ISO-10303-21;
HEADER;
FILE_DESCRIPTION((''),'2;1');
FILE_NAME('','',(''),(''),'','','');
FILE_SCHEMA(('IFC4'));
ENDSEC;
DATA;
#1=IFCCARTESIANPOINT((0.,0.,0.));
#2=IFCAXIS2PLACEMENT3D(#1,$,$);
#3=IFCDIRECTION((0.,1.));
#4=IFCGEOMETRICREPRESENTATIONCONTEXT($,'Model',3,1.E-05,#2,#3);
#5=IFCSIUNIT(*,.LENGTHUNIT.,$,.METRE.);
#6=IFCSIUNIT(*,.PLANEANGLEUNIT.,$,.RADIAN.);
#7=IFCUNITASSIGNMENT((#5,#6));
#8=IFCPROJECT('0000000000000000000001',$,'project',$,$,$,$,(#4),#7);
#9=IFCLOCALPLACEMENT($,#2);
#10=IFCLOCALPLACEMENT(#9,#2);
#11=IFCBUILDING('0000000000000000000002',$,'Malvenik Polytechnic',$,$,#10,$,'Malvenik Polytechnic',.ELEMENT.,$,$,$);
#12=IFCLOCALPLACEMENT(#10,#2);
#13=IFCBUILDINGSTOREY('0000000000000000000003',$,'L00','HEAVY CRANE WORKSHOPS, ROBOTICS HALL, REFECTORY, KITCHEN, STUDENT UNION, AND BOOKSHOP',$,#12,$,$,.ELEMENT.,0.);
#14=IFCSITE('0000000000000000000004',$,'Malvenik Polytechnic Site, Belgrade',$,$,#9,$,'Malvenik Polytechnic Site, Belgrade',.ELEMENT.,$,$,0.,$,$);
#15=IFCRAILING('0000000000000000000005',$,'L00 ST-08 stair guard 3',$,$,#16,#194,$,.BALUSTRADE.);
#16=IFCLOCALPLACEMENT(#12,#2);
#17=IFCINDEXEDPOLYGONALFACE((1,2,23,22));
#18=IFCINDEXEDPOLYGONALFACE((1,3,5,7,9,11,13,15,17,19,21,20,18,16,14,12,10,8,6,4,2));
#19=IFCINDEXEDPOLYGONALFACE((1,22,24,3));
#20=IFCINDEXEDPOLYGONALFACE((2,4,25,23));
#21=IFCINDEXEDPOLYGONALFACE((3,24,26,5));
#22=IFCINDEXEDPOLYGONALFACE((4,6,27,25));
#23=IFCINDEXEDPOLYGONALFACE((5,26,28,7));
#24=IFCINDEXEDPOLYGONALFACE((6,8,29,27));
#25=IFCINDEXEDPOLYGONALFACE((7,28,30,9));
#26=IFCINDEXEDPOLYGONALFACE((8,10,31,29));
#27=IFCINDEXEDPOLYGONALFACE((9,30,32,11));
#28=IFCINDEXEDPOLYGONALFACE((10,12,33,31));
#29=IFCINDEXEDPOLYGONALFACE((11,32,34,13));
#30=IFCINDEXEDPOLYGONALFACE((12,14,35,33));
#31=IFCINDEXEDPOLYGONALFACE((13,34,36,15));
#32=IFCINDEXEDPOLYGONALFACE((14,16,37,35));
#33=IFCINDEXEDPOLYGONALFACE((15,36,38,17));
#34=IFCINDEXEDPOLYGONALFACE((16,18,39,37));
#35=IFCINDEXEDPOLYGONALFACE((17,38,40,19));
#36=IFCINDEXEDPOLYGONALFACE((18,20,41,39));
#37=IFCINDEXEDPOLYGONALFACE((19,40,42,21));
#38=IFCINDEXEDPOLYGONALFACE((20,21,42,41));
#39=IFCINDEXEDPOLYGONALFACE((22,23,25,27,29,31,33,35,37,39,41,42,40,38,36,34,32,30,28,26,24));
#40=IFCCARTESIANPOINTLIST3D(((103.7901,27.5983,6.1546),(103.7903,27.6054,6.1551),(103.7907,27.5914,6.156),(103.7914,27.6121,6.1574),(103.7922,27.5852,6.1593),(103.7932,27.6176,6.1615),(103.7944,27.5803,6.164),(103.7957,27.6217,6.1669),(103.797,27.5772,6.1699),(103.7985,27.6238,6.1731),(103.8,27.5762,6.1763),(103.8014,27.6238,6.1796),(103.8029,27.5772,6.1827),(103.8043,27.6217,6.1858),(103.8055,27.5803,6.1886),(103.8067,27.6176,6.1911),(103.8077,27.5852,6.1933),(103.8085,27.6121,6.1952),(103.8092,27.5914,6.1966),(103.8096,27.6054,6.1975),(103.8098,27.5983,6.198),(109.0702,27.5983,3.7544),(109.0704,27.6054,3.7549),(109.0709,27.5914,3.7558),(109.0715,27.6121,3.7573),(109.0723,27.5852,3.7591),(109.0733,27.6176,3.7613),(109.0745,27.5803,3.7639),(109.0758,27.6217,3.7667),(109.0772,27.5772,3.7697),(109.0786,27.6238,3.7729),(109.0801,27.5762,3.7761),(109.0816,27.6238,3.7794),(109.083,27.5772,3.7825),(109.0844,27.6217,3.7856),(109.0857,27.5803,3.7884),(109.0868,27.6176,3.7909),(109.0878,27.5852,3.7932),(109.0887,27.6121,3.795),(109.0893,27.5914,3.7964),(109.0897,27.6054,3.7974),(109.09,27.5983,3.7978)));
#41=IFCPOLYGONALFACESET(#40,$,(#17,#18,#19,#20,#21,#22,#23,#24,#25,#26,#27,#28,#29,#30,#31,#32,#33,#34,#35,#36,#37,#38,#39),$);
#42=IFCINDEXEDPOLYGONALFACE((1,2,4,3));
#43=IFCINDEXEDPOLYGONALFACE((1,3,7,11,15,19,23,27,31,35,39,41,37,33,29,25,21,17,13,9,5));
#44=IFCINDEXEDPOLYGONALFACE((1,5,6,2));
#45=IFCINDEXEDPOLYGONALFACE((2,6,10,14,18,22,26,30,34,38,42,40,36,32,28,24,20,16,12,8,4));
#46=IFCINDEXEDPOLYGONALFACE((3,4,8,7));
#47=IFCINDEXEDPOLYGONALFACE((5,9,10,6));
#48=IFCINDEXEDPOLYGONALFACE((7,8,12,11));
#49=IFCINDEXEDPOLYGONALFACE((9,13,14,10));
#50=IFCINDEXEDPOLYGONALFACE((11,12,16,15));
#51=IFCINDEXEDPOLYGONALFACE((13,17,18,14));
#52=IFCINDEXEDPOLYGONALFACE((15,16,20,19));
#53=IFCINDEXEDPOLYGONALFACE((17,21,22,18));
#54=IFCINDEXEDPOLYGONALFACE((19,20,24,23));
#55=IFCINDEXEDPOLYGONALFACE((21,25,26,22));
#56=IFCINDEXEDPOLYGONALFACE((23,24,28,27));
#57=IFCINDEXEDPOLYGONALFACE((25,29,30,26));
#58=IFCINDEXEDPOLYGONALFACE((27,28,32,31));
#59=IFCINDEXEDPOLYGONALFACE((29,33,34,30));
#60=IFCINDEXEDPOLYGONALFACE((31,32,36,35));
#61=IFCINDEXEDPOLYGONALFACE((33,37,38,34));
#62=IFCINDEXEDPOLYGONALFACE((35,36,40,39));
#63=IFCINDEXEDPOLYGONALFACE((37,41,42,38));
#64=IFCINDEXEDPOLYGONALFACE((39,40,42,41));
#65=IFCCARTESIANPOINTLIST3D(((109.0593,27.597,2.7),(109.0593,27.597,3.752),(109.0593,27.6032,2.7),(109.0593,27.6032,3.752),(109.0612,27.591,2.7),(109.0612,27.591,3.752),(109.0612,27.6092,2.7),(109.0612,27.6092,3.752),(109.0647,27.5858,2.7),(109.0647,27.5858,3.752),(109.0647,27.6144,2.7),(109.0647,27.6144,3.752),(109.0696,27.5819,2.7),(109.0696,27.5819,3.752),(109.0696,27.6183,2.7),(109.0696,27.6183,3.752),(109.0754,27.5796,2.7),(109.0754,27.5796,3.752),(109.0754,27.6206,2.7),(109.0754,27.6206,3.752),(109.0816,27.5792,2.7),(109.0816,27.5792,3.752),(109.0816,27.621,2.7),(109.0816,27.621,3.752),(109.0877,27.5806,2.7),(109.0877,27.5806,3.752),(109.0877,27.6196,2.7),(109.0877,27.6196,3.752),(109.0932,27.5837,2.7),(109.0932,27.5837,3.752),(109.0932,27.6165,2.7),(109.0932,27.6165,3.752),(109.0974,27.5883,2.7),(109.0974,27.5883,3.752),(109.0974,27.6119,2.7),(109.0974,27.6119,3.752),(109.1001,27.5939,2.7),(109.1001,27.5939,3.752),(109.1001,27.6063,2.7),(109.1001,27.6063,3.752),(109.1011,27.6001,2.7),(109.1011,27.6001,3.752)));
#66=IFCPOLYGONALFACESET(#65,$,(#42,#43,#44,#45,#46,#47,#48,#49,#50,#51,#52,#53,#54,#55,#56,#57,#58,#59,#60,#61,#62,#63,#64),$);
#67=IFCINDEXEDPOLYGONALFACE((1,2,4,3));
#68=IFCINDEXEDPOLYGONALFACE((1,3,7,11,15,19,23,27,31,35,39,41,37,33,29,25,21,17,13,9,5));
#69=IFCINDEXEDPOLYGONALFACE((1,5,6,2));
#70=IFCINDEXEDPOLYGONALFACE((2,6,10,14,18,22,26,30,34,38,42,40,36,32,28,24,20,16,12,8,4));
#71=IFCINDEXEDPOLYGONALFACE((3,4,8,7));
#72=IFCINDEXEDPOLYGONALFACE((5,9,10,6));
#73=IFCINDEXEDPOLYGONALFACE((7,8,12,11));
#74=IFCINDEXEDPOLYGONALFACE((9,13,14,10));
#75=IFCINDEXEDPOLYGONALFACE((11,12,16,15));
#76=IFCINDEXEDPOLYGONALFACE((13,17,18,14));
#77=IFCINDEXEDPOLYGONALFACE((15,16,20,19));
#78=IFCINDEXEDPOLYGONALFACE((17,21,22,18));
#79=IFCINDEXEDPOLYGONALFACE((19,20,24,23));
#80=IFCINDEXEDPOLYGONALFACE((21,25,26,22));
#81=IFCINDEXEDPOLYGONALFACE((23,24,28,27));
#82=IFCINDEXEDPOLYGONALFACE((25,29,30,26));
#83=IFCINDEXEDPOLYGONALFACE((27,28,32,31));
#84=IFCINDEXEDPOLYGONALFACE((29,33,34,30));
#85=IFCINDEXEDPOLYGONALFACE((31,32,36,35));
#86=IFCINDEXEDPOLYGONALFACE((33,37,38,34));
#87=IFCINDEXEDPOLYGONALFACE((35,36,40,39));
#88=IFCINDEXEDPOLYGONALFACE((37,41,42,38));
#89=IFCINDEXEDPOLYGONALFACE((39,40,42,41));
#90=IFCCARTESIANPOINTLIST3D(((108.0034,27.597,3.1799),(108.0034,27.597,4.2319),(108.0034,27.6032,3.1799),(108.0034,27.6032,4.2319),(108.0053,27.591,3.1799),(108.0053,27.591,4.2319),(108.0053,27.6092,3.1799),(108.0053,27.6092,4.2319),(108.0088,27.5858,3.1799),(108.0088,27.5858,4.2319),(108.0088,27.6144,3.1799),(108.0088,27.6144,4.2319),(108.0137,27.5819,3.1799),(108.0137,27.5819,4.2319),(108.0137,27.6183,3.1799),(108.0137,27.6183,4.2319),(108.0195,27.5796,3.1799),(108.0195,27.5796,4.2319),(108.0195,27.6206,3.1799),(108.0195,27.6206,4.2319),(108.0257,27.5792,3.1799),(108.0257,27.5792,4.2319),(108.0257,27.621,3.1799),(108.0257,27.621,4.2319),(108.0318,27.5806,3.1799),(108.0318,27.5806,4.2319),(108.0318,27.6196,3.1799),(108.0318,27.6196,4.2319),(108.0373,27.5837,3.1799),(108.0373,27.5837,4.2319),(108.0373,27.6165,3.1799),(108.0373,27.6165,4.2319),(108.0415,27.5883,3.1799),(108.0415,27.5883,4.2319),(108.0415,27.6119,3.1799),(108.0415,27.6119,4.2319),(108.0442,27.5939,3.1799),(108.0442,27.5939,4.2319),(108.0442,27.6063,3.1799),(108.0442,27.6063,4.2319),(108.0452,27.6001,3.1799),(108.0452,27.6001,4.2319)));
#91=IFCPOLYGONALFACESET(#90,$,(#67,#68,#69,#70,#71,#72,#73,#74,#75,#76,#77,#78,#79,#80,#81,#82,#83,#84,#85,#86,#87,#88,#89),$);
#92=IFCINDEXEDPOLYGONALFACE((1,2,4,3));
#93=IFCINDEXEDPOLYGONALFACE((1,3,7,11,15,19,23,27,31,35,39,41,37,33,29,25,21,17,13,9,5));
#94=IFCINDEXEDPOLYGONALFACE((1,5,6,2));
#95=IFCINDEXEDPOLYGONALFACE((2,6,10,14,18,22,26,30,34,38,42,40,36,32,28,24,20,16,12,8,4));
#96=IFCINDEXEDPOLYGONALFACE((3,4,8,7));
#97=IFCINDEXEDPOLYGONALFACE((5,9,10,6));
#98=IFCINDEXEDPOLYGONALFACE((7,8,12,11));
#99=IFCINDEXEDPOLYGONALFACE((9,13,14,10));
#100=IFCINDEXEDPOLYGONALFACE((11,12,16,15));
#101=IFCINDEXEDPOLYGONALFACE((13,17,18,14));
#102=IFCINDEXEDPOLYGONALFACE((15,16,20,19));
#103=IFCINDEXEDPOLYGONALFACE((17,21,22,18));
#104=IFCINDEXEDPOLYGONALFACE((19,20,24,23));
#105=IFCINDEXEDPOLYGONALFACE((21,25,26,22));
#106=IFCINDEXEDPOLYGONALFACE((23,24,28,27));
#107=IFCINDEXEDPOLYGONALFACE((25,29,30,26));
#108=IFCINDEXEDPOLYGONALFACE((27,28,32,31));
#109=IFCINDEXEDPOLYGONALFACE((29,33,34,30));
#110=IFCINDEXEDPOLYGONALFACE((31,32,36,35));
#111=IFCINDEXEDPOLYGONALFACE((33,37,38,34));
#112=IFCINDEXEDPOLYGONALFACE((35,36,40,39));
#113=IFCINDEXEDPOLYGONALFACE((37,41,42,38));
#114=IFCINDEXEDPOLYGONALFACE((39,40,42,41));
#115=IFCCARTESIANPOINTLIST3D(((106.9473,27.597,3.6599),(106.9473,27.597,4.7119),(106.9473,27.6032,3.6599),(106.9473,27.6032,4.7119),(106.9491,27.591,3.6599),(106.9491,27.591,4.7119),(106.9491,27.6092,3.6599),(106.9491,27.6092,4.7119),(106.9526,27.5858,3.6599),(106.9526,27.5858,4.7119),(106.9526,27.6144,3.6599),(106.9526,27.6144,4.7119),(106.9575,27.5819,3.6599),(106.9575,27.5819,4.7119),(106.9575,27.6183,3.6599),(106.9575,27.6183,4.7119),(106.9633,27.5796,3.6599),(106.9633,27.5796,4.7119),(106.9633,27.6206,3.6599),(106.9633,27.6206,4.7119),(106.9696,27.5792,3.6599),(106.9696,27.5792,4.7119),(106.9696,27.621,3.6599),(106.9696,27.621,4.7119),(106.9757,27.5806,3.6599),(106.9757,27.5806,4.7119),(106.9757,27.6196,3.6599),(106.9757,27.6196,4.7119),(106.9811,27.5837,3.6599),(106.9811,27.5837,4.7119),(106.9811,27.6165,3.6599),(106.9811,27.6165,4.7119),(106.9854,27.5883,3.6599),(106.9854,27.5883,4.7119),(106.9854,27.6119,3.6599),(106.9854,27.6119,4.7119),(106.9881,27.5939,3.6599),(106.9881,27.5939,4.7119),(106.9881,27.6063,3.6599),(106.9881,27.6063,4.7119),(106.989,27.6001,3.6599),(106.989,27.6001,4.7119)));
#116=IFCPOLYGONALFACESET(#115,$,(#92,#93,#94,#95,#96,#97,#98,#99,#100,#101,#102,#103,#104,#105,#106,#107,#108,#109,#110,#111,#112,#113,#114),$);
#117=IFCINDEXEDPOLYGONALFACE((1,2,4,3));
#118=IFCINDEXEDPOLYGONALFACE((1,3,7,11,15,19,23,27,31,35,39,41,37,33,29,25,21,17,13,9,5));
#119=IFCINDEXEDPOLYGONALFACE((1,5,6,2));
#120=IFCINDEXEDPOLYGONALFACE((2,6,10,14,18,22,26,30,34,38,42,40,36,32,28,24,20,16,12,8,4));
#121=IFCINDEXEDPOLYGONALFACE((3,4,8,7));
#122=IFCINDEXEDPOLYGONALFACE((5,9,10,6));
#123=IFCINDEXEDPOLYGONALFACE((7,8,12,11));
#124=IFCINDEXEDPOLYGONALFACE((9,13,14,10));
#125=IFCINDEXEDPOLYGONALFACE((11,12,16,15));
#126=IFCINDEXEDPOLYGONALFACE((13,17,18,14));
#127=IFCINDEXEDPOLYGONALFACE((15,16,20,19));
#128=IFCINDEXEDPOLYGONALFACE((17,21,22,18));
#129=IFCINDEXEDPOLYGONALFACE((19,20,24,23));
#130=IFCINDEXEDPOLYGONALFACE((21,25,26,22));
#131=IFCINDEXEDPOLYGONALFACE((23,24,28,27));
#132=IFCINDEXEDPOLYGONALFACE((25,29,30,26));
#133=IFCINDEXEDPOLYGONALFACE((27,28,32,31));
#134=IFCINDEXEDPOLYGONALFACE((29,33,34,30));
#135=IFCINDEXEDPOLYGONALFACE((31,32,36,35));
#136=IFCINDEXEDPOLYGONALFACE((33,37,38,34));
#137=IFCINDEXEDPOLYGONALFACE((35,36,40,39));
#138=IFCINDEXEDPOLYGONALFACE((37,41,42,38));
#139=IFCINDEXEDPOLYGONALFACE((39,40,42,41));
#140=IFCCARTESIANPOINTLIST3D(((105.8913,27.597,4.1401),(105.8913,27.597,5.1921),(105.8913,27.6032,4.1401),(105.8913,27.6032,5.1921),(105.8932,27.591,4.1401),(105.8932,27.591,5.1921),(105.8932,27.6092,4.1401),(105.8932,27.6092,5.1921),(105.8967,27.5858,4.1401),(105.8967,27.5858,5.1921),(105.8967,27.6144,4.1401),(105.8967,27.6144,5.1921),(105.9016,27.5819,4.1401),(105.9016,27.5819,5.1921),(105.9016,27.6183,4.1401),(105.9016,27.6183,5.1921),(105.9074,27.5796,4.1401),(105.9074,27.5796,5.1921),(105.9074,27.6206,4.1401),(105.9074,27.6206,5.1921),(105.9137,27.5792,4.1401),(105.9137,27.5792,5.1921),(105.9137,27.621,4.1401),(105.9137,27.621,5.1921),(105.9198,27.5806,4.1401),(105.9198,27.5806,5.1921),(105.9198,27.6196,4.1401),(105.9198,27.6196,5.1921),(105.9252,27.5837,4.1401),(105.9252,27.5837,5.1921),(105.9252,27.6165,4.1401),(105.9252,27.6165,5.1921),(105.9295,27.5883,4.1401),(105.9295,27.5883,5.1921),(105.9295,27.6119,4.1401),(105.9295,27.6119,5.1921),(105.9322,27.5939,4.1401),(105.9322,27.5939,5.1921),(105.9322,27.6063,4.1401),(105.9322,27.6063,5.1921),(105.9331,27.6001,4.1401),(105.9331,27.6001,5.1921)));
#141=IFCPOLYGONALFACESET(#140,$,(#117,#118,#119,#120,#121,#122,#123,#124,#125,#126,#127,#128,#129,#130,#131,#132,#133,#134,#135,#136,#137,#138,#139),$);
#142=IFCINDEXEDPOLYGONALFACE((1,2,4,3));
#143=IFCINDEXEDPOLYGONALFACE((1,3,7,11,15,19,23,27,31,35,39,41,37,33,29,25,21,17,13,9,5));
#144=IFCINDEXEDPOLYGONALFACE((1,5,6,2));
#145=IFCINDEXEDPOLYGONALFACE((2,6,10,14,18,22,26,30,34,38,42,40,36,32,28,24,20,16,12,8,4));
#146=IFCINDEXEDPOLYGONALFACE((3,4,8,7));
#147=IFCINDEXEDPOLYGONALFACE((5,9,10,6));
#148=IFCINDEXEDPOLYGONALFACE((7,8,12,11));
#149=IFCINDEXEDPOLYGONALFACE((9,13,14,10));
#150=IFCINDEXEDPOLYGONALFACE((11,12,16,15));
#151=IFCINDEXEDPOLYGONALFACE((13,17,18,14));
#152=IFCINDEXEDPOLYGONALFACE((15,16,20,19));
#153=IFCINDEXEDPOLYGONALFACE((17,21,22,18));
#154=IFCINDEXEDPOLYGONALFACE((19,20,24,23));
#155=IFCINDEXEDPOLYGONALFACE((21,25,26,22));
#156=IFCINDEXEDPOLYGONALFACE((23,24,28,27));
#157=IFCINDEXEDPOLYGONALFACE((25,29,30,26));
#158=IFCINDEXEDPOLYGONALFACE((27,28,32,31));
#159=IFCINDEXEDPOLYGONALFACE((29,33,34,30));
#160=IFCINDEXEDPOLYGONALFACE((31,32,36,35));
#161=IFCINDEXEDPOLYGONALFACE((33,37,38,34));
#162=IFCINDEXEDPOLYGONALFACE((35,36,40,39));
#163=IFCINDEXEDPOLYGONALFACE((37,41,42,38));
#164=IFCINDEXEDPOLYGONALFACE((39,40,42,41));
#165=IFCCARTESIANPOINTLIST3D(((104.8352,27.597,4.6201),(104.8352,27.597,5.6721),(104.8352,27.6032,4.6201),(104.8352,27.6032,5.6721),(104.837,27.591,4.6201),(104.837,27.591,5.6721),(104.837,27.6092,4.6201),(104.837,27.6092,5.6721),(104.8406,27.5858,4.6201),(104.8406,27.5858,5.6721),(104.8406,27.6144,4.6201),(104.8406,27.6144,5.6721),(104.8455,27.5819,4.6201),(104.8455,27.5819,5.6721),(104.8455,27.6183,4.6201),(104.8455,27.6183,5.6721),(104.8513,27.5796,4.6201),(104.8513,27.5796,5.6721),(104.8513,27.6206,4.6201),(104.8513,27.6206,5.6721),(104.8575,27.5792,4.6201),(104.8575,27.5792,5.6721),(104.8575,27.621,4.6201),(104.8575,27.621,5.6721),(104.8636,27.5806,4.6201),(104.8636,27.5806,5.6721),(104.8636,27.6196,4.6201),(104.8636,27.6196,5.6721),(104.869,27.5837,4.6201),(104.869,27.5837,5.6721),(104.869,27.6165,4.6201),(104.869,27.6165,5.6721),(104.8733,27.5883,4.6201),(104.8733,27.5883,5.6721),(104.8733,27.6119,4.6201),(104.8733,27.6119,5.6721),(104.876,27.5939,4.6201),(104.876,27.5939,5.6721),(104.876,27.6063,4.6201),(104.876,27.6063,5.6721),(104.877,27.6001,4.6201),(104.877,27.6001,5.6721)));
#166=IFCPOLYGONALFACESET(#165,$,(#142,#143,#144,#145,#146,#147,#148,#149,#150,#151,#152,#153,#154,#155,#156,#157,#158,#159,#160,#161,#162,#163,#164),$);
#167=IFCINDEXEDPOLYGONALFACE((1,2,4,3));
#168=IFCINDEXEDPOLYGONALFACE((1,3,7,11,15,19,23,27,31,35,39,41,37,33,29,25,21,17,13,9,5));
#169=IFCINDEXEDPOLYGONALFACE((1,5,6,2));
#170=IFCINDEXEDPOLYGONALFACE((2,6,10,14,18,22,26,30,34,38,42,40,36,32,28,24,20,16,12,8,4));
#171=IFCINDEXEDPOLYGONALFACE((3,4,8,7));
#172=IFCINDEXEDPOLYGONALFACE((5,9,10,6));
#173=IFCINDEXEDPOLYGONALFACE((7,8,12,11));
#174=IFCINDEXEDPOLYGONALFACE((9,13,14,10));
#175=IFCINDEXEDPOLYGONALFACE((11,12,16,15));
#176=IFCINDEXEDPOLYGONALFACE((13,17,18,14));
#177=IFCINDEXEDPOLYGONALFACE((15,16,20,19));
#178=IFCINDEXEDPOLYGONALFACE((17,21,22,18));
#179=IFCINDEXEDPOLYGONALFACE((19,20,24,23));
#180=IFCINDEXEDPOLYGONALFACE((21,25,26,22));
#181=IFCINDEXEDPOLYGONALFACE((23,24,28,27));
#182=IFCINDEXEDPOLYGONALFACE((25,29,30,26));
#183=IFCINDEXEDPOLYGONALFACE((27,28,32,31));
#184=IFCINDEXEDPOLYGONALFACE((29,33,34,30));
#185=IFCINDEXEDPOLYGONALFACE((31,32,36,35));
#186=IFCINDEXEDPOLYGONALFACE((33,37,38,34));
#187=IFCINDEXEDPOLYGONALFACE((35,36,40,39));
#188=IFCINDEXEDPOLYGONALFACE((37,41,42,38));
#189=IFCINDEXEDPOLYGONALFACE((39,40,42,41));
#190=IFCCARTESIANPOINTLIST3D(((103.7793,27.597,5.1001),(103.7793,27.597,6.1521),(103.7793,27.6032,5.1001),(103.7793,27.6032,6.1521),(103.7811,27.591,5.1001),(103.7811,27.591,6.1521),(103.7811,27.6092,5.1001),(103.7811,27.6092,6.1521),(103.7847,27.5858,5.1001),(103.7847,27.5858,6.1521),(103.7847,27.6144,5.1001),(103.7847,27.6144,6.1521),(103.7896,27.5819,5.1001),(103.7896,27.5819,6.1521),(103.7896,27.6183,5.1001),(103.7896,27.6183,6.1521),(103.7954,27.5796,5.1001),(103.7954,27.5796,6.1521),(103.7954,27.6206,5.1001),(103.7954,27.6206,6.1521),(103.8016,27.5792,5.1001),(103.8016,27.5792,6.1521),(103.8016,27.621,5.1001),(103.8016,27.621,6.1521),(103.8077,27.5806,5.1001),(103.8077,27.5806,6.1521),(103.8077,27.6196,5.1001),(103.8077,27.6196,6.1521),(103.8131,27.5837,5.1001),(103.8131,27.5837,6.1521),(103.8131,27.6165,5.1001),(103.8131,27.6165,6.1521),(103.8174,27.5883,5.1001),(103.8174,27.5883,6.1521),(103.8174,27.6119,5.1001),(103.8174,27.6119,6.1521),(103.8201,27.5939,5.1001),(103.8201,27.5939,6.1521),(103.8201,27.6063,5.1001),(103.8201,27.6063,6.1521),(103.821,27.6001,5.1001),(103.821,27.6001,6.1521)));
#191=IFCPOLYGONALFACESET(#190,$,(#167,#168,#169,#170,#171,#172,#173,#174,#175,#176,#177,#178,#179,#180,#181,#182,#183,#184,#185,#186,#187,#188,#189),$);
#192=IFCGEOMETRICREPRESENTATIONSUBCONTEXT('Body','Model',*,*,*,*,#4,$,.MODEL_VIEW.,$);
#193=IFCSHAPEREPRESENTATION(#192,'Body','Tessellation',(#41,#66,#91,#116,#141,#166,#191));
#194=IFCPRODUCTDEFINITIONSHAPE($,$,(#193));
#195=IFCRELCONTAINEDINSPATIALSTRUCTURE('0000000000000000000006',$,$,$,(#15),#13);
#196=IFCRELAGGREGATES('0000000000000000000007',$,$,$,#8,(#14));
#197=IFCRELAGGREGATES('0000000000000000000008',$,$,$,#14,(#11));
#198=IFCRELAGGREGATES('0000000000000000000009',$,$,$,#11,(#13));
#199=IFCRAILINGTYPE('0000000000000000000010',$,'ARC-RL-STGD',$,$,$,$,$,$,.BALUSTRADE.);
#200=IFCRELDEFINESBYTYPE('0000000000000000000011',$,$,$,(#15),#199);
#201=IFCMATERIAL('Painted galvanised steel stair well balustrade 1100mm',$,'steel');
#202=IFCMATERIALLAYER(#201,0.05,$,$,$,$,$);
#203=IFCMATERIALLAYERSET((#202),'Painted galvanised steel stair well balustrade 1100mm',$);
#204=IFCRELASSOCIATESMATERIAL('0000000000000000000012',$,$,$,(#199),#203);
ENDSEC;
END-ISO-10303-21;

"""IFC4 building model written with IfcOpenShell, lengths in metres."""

from ifc_helpers import new_model, si_unit, direction, frame, origin, origin_2d, place, context, subcontext, project, spatial, circle, extrude, material, layer, layer_set, type_object, element, save


model = new_model("IFC4")

# Units and contexts
model_context = context("Model", 3, precision=1e-05, world=origin(), true_north=direction((0.0, 1.0)))
body_context = subcontext(model_context, "Body", "Model", "MODEL_VIEW")
ifc_project = project(units=[si_unit("LENGTHUNIT", "METRE"), si_unit("PLANEANGLEUNIT", "RADIAN")], contexts=[model_context])

# Site, building, storey
site_placement = place(None, origin())
site = spatial("IfcSite", under=ifc_project, at=site_placement, Name="Malvenik Polytechnic Site, Belgrade", LongName="Malvenik Polytechnic Site, Belgrade", CompositionType="ELEMENT", RefElevation=0.0)
building_placement = place(site_placement, origin())
building = spatial("IfcBuilding", under=site, at=building_placement, Name="Malvenik Polytechnic", LongName="Malvenik Polytechnic", CompositionType="ELEMENT")
storey_placement = place(building_placement, origin())
storey = spatial("IfcBuildingStorey", under=building, at=storey_placement, Name="L00", Description="HEAVY CRANE WORKSHOPS, ROBOTICS HALL, REFECTORY, KITCHEN, STUDENT UNION, AND BOOKSHOP", CompositionType="ELEMENT", Elevation=0.0)

# Railing
ifc_material_1 = material(Name="Painted galvanised steel stair well balustrade 1100mm", Category="steel")
ifc_layer_1 = layer(ifc_material_1, 0.05)
ifc_layer_set_1 = layer_set([ifc_layer_1], Name="Painted galvanised steel stair well balustrade 1100mm")
railing_type_1 = type_object("IfcRailingType", Name="ARC-RL-STGD", PredefinedType="BALUSTRADE", material=ifc_layer_set_1)
railing_1_placement = place(storey_placement, frame((109.0801, 27.6001, 2.7)))
element("IfcRailing", 1, at=railing_1_placement, inside=storey, type_object=railing_type_1, Name="L00 ST-08 stair guard 3", PredefinedType="BALUSTRADE", context=body_context, shape_type="SweptSolid", body=[
    extrude(circle(Radius=0.0239, at=origin_2d()), frame((0.0, 0.0, 1.0762), z_axis=(-0.910358, 0.0, 0.413822), x_axis=(0.0, -1.0, 0.0)), (0.0, 0.0, 1.0), 5.8),
    extrude(circle(Radius=0.021, at=origin_2d()), origin(), (0.0, 0.0, 1.0), 1.052),
    extrude(circle(Radius=0.021, at=origin_2d()), frame((-1.0559, 0.0, 0.48)), (0.0, 0.0, 1.0), 1.052),
    extrude(circle(Radius=0.021, at=origin_2d()), frame((-2.1121, 0.0, 0.96)), (0.0, 0.0, 1.0), 1.052),
    extrude(circle(Radius=0.021, at=origin_2d()), frame((-3.168, 0.0, 1.4402)), (0.0, 0.0, 1.0), 1.052),
    extrude(circle(Radius=0.021, at=origin_2d()), frame((-4.2241, 0.0, 1.9202)), (0.0, 0.0, 1.0), 1.052),
    extrude(circle(Radius=0.021, at=origin_2d()), frame((-5.28, 0.0, 2.4001)), (0.0, 0.0, 1.0), 1.052),
])

save(model, "model.ifc")
